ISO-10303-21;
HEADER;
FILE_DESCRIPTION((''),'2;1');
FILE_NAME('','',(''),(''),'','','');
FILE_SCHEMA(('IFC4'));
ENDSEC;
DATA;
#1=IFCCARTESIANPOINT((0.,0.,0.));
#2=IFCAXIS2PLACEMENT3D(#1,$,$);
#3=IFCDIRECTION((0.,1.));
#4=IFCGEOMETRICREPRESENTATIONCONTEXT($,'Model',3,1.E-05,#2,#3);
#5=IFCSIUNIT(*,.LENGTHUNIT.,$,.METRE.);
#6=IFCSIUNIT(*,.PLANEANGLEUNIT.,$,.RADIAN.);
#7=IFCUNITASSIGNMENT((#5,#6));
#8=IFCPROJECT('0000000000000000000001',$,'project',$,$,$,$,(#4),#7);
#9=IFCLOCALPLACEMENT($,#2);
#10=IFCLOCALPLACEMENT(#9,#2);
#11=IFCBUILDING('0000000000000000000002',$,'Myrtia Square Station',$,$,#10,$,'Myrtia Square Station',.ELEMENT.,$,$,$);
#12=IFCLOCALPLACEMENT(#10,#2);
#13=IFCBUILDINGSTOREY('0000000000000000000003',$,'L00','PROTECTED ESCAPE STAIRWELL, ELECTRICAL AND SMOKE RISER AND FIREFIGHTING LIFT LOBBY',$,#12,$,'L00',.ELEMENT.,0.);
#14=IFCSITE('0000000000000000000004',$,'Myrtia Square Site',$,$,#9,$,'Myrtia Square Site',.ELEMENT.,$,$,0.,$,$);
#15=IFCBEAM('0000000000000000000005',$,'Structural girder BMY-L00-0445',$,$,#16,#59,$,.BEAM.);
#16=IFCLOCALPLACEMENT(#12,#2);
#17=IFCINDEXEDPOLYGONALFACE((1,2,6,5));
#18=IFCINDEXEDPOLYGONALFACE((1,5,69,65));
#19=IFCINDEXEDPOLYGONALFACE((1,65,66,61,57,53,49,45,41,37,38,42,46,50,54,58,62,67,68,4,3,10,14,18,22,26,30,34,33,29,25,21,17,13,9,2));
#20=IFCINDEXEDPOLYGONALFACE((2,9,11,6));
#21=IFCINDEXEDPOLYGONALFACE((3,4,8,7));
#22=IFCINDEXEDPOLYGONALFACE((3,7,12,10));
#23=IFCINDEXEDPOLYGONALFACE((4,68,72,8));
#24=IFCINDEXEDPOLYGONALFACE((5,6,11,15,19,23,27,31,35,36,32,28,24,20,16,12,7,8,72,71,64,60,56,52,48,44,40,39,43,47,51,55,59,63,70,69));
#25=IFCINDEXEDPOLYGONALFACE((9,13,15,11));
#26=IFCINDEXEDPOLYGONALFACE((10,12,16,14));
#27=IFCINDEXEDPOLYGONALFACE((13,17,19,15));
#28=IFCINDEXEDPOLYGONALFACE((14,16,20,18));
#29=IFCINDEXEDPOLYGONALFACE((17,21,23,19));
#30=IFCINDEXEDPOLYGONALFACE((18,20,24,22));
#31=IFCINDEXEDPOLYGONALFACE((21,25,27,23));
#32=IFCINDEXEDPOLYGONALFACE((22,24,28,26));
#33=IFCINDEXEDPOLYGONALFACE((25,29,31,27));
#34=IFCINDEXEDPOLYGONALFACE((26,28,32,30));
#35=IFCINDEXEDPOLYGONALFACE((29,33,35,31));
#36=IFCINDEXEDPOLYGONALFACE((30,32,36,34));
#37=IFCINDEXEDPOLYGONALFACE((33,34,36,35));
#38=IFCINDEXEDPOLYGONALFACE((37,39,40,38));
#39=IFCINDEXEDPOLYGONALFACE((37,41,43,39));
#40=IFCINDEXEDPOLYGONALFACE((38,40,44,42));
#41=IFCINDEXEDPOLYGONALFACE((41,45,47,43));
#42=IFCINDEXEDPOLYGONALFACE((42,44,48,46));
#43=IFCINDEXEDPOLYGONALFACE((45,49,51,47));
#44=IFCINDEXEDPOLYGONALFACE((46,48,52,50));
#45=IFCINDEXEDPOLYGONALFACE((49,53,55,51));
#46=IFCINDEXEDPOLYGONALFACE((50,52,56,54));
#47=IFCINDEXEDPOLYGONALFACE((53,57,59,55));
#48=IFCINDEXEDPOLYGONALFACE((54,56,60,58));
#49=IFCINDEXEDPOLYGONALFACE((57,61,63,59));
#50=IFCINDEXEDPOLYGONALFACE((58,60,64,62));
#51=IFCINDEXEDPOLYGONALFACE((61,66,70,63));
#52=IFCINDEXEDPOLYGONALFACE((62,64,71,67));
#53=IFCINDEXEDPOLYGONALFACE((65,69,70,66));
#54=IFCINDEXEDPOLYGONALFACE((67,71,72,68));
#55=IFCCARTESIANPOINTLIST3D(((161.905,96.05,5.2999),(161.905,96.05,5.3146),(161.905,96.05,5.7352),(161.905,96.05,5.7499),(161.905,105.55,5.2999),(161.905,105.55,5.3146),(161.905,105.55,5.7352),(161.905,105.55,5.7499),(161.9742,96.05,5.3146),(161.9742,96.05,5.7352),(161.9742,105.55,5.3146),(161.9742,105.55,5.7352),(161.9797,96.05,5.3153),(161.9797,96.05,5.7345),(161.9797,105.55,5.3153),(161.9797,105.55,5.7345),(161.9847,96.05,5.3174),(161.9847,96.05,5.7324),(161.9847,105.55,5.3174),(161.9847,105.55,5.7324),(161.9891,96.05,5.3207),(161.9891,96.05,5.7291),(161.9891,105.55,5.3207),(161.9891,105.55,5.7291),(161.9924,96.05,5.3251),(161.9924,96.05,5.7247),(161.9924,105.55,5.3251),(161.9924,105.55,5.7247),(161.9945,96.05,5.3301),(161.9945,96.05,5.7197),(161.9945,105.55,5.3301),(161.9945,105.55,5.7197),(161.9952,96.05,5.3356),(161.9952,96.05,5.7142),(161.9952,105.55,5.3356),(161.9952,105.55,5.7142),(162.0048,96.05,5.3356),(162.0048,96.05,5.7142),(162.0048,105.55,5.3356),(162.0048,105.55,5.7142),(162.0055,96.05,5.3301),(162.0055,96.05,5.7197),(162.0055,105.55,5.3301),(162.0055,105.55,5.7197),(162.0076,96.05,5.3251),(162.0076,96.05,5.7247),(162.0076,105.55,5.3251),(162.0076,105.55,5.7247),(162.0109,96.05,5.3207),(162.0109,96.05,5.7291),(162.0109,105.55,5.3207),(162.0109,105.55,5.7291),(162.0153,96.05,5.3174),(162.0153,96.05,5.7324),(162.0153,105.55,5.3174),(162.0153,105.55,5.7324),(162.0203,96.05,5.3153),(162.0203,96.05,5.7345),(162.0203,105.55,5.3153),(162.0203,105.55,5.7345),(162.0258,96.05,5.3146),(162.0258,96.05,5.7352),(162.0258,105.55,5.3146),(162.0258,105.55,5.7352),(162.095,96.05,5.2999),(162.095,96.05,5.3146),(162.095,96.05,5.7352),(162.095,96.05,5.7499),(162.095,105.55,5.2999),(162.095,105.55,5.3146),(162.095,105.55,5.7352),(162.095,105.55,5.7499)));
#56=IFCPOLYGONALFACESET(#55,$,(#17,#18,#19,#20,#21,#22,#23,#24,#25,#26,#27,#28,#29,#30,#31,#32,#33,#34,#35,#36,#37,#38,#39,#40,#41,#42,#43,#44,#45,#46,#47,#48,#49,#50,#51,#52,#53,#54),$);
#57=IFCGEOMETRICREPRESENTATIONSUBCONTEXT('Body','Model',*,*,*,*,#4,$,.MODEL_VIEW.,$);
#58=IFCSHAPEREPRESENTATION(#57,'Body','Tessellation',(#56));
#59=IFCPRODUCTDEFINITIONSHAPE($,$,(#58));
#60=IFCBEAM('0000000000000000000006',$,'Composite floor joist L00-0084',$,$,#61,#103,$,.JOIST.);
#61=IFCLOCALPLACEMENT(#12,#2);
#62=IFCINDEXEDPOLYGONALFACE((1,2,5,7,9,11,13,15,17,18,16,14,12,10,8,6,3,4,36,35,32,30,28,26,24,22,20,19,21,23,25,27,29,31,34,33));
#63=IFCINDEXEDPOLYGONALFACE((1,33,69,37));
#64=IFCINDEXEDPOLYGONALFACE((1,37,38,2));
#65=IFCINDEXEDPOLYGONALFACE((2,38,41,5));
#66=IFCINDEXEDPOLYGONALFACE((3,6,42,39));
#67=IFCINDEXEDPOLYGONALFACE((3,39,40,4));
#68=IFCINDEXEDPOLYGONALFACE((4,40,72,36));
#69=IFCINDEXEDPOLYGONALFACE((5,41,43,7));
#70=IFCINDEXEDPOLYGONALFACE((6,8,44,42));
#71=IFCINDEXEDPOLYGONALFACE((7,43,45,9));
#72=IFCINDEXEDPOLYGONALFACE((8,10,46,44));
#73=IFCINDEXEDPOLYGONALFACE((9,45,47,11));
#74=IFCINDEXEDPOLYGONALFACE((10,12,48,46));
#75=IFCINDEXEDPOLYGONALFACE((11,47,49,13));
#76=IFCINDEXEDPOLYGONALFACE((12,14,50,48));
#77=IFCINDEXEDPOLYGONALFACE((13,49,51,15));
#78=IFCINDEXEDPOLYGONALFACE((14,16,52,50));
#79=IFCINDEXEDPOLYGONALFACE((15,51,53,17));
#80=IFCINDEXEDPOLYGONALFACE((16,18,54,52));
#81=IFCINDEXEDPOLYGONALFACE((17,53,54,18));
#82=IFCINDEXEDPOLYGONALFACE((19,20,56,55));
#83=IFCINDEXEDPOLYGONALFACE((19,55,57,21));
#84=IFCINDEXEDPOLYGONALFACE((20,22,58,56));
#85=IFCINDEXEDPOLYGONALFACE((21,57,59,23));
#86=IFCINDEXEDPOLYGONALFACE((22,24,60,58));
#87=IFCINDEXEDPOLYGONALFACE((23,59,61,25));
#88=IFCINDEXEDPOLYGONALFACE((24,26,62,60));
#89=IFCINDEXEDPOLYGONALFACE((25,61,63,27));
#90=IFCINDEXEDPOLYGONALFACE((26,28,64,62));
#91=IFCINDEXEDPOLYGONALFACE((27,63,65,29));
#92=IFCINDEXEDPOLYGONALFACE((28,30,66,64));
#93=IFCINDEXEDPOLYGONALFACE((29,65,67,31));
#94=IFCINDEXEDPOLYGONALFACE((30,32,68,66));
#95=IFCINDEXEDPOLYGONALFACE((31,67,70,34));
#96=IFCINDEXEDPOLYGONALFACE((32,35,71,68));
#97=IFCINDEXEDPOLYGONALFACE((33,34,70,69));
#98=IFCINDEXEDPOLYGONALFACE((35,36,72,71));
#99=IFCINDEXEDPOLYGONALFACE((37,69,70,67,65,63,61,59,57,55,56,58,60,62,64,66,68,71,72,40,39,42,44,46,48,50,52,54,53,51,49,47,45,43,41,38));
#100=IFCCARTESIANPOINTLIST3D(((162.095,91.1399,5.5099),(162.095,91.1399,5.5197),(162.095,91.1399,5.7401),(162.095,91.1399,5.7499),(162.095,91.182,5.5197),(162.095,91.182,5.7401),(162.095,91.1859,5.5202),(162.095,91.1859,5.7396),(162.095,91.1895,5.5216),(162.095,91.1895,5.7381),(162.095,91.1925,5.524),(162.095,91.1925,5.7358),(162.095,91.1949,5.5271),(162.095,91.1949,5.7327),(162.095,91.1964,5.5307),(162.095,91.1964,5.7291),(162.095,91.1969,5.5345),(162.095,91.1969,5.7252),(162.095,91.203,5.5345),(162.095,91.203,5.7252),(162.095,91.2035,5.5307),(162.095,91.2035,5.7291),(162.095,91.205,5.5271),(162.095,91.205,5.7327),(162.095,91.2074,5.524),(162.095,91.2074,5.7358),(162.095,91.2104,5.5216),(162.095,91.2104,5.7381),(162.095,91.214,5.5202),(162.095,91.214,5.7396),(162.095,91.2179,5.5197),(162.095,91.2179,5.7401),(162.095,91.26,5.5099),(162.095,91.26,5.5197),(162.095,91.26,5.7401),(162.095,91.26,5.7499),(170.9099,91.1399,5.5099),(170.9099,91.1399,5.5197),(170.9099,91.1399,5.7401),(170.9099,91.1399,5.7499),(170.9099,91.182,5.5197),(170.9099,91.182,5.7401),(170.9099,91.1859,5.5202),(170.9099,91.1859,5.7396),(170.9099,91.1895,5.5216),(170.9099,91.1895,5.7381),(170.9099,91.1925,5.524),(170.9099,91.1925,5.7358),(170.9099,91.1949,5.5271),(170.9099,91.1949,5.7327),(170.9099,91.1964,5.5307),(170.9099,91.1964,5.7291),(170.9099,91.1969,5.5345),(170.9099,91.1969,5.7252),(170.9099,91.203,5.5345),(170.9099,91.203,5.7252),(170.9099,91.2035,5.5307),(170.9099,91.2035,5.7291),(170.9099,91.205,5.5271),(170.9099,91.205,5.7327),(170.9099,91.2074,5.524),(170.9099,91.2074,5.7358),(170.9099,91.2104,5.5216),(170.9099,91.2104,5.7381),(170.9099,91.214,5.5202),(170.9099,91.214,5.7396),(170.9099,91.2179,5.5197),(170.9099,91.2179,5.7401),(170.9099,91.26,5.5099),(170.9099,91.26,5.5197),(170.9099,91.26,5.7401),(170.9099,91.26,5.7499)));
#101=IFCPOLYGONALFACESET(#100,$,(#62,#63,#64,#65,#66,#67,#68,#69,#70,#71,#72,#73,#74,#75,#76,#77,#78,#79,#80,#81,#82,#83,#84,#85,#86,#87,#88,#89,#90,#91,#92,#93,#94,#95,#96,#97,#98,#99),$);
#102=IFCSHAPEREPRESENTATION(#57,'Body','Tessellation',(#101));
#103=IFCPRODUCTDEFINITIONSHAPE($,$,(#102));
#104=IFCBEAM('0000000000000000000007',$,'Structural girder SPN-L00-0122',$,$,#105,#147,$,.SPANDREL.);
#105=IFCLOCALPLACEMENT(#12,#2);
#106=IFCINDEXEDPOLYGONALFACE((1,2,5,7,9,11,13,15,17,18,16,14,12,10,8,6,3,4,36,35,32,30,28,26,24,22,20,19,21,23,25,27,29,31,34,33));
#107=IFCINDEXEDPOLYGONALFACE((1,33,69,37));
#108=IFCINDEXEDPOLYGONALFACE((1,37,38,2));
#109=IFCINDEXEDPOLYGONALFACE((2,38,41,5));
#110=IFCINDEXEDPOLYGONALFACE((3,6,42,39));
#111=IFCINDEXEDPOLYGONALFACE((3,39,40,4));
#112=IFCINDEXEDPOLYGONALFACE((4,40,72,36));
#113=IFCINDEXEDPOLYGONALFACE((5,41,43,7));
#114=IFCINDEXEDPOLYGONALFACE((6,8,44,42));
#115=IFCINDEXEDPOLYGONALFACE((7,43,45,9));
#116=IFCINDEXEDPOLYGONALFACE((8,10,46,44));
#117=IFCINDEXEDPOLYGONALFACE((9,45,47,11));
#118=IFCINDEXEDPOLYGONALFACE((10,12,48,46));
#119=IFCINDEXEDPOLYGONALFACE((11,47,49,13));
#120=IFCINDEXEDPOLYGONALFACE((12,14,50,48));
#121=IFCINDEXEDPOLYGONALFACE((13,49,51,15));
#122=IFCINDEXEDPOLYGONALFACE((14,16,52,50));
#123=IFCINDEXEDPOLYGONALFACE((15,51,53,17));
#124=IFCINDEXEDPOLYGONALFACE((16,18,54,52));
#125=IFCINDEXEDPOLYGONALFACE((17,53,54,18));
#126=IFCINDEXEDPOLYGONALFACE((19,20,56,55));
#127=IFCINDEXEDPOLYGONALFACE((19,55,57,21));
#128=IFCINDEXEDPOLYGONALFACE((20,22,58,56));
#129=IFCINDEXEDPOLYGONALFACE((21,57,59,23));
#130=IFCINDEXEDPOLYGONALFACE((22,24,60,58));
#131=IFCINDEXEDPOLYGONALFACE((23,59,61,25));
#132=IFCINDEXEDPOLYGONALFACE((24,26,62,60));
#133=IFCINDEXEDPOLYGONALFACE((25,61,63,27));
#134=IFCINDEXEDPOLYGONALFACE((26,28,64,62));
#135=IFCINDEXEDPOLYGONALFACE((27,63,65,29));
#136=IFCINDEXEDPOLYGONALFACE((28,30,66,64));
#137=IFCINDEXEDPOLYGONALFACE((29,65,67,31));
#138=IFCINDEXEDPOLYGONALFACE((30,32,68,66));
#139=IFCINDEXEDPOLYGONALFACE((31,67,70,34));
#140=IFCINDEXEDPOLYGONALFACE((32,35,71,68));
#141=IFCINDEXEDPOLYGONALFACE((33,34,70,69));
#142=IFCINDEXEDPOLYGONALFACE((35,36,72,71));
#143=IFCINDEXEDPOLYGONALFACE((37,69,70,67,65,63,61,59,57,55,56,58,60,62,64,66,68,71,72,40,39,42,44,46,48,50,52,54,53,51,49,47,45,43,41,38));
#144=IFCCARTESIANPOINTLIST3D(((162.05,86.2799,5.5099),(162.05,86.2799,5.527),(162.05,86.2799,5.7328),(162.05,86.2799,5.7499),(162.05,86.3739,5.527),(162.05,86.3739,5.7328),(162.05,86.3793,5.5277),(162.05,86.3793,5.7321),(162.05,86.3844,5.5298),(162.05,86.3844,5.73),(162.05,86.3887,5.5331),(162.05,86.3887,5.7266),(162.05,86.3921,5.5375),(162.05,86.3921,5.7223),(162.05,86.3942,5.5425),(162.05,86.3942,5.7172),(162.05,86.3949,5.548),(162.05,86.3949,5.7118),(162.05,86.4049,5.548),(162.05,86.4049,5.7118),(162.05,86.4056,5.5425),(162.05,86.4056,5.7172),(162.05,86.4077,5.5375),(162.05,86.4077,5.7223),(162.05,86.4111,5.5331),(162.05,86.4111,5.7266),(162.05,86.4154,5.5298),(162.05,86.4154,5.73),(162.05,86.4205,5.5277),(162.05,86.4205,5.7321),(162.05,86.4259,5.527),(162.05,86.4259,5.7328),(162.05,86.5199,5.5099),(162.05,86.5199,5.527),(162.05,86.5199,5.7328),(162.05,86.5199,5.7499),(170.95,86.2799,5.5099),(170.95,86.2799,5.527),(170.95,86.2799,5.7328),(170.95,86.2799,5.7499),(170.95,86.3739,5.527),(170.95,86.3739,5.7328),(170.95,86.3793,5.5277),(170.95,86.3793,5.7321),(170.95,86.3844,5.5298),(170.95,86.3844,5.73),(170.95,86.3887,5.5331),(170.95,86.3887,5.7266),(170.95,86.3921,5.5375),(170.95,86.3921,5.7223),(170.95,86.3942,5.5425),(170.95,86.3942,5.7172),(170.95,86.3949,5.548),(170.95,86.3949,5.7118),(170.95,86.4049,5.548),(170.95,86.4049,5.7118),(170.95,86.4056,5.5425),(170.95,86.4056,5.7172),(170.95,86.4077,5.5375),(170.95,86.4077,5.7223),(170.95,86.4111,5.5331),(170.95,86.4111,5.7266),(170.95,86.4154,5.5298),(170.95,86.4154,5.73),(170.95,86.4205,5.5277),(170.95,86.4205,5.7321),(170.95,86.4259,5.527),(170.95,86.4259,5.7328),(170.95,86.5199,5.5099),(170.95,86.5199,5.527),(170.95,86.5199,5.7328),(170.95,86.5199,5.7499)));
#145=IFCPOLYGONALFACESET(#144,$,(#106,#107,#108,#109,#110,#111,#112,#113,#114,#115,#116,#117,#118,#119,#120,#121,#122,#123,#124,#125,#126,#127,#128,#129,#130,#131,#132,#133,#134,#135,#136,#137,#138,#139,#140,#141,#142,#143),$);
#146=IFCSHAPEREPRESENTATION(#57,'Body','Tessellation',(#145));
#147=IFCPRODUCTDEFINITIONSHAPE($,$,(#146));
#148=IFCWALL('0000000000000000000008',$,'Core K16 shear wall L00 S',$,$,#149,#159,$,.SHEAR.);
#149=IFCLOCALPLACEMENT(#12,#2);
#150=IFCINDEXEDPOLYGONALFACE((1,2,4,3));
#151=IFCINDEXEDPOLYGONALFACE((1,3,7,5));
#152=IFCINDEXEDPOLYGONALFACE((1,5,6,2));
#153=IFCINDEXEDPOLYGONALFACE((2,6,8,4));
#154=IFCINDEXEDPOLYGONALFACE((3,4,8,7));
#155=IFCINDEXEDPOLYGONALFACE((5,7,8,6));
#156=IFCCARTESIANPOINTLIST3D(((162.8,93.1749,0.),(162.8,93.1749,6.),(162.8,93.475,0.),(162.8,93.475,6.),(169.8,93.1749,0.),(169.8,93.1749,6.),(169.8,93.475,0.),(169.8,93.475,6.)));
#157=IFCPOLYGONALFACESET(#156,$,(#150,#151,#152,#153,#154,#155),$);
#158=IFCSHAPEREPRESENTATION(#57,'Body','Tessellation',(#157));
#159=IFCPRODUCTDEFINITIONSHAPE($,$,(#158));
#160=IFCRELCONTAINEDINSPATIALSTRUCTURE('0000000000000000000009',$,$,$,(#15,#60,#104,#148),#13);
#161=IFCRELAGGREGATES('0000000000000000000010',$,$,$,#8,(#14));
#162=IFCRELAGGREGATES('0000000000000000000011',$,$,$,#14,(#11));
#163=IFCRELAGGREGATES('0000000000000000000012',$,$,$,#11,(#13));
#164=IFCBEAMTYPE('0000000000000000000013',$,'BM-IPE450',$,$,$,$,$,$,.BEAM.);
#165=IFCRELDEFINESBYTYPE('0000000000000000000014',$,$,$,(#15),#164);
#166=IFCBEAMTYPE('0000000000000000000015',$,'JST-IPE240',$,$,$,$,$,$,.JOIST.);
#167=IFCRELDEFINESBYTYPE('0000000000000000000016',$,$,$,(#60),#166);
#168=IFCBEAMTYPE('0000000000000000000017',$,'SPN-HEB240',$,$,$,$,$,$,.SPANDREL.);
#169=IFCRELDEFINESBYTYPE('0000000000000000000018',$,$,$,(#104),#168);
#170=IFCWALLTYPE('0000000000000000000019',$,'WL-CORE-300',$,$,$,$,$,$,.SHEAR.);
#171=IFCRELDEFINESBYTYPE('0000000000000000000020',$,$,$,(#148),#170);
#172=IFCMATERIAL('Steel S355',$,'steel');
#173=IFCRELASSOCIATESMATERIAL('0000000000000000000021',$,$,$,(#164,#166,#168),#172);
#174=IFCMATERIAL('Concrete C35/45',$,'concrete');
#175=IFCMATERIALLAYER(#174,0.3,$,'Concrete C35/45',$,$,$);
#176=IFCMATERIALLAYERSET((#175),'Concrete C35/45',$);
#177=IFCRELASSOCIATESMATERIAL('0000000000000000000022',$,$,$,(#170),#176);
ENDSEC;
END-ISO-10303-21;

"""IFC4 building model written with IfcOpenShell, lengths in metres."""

from ifc_helpers import new_model, si_unit, direction, frame, frame_2d, origin, origin_2d, place, context, subcontext, project, spatial, rectangle, i_section, extrude, material, layer, layer_set, material_profile, profile_set, type_object, element, save


model = new_model("IFC4")

# Units and contexts
model_context = context("Model", 3, precision=1e-05, world=origin(), true_north=direction((0.0, 1.0)))
body_context = subcontext(model_context, "Body", "Model", "MODEL_VIEW")
ifc_project = project(units=[si_unit("LENGTHUNIT", "METRE"), si_unit("PLANEANGLEUNIT", "RADIAN")], contexts=[model_context])

# Site, building, storey
site_placement = place(None, origin())
site = spatial("IfcSite", under=ifc_project, at=site_placement, Name="Myrtia Square Site", LongName="Myrtia Square Site", CompositionType="ELEMENT", RefElevation=0.0)
building_placement = place(site_placement, origin())
building = spatial("IfcBuilding", under=site, at=building_placement, Name="Myrtia Square Station", LongName="Myrtia Square Station", CompositionType="ELEMENT")
storey_placement = place(building_placement, origin())
storey = spatial("IfcBuildingStorey", under=building, at=storey_placement, Name="L00", Description="PROTECTED ESCAPE STAIRWELL, ELECTRICAL AND SMOKE RISER AND FIREFIGHTING LIFT LOBBY", LongName="L00", CompositionType="ELEMENT", Elevation=0.0)

# Shared definitions
ifc_material_1 = material(Name="Steel S355", Category="steel")

# Beams
ifc_material_profile_1 = material_profile(ifc_material_1, i_section(OverallWidth=0.1899, OverallDepth=0.45, WebThickness=0.0095, FlangeThickness=0.0146, FilletRadius=0.021, at=origin_2d()), Name="IPE 450")
ifc_profile_set_1 = profile_set([ifc_material_profile_1], Name="Steel S355")
beam_type_1 = type_object("IfcBeamType", Name="BM-IPE450", PredefinedType="BEAM", material=ifc_profile_set_1)
for number, where, z_axis, x_axis, name in (
    (1, (162.0, 96.05, 5.5249), (0.0, 1.0, 0.0), (-1.0, 0.0, 0.0), "Structural girder BMY-L00-0445"),
):
    element("IfcBeam", number, at=place(storey_placement, frame(where, z_axis=z_axis, x_axis=x_axis)), inside=storey, type_object=beam_type_1, Name=name, PredefinedType="BEAM", context=body_context, shape_type="SweptSolid", body=[
        extrude(i_section(OverallWidth=0.1899, OverallDepth=0.45, WebThickness=0.0095, FlangeThickness=0.0146, FilletRadius=0.021, at=origin_2d()), origin(), (0.0, 0.0, 1.0), 9.5),
    ])
ifc_material_profile_2 = material_profile(ifc_material_1, i_section(OverallWidth=0.1201, OverallDepth=0.24, WebThickness=0.0061, FlangeThickness=0.0098, FilletRadius=0.0149, at=origin_2d()), Name="IPE 240")
ifc_profile_set_2 = profile_set([ifc_material_profile_2], Name="Steel S355")
beam_type_2 = type_object("IfcBeamType", Name="JST-IPE240", PredefinedType="JOIST", material=ifc_profile_set_2)
beam_1_placement = place(storey_placement, frame((162.095, 91.2, 5.6299), z_axis=(1.0, 0.0, 0.0), x_axis=(0.0, 1.0, 0.0)))
element("IfcBeam", 2, at=beam_1_placement, inside=storey, type_object=beam_type_2, Name="Composite floor joist L00-0084", PredefinedType="JOIST", context=body_context, shape_type="SweptSolid", body=[
    extrude(i_section(OverallWidth=0.1201, OverallDepth=0.24, WebThickness=0.0061, FlangeThickness=0.0098, FilletRadius=0.0149, at=origin_2d()), origin(), (0.0, 0.0, 1.0), 8.8149),
])
ifc_material_profile_3 = material_profile(ifc_material_1, i_section(OverallWidth=0.24, OverallDepth=0.24, WebThickness=0.01, FlangeThickness=0.0171, FilletRadius=0.021, at=origin_2d()), Name="HEB 240")
ifc_profile_set_3 = profile_set([ifc_material_profile_3], Name="Steel S355")
beam_type_3 = type_object("IfcBeamType", Name="SPN-HEB240", PredefinedType="SPANDREL", material=ifc_profile_set_3)
beam_2_placement = place(storey_placement, frame((162.05, 86.3999, 5.6299), z_axis=(1.0, 0.0, 0.0), x_axis=(0.0, 1.0, 0.0)))
element("IfcBeam", 3, at=beam_2_placement, inside=storey, type_object=beam_type_3, Name="Structural girder SPN-L00-0122", PredefinedType="SPANDREL", context=body_context, shape_type="SweptSolid", body=[
    extrude(i_section(OverallWidth=0.24, OverallDepth=0.24, WebThickness=0.01, FlangeThickness=0.0171, FilletRadius=0.021, at=origin_2d()), origin(), (0.0, 0.0, 1.0), 8.8999),
])

# Wall
ifc_material_2 = material(Name="Concrete C35/45", Category="concrete")
ifc_layer_1 = layer(ifc_material_2, 0.3, Name="Concrete C35/45")
ifc_layer_set_1 = layer_set([ifc_layer_1], Name="Concrete C35/45")
wall_type_1 = type_object("IfcWallType", Name="WL-CORE-300", PredefinedType="SHEAR", material=ifc_layer_set_1)
wall_1_placement = place(storey_placement, frame((162.8, 93.325, 0.0), z_axis=(0.0, 0.0, 1.0), x_axis=(1.0, 0.0, 0.0)))
element("IfcWall", 4, at=wall_1_placement, inside=storey, type_object=wall_type_1, Name="Core K16 shear wall L00 S", PredefinedType="SHEAR", context=body_context, shape_type="SweptSolid", body=[
    extrude(rectangle(XDim=7.0, YDim=0.3, at=frame_2d((3.5, 0.0))), origin(), (0.0, 0.0, 1.0), 6.0),
])

save(model, "model.ifc")
